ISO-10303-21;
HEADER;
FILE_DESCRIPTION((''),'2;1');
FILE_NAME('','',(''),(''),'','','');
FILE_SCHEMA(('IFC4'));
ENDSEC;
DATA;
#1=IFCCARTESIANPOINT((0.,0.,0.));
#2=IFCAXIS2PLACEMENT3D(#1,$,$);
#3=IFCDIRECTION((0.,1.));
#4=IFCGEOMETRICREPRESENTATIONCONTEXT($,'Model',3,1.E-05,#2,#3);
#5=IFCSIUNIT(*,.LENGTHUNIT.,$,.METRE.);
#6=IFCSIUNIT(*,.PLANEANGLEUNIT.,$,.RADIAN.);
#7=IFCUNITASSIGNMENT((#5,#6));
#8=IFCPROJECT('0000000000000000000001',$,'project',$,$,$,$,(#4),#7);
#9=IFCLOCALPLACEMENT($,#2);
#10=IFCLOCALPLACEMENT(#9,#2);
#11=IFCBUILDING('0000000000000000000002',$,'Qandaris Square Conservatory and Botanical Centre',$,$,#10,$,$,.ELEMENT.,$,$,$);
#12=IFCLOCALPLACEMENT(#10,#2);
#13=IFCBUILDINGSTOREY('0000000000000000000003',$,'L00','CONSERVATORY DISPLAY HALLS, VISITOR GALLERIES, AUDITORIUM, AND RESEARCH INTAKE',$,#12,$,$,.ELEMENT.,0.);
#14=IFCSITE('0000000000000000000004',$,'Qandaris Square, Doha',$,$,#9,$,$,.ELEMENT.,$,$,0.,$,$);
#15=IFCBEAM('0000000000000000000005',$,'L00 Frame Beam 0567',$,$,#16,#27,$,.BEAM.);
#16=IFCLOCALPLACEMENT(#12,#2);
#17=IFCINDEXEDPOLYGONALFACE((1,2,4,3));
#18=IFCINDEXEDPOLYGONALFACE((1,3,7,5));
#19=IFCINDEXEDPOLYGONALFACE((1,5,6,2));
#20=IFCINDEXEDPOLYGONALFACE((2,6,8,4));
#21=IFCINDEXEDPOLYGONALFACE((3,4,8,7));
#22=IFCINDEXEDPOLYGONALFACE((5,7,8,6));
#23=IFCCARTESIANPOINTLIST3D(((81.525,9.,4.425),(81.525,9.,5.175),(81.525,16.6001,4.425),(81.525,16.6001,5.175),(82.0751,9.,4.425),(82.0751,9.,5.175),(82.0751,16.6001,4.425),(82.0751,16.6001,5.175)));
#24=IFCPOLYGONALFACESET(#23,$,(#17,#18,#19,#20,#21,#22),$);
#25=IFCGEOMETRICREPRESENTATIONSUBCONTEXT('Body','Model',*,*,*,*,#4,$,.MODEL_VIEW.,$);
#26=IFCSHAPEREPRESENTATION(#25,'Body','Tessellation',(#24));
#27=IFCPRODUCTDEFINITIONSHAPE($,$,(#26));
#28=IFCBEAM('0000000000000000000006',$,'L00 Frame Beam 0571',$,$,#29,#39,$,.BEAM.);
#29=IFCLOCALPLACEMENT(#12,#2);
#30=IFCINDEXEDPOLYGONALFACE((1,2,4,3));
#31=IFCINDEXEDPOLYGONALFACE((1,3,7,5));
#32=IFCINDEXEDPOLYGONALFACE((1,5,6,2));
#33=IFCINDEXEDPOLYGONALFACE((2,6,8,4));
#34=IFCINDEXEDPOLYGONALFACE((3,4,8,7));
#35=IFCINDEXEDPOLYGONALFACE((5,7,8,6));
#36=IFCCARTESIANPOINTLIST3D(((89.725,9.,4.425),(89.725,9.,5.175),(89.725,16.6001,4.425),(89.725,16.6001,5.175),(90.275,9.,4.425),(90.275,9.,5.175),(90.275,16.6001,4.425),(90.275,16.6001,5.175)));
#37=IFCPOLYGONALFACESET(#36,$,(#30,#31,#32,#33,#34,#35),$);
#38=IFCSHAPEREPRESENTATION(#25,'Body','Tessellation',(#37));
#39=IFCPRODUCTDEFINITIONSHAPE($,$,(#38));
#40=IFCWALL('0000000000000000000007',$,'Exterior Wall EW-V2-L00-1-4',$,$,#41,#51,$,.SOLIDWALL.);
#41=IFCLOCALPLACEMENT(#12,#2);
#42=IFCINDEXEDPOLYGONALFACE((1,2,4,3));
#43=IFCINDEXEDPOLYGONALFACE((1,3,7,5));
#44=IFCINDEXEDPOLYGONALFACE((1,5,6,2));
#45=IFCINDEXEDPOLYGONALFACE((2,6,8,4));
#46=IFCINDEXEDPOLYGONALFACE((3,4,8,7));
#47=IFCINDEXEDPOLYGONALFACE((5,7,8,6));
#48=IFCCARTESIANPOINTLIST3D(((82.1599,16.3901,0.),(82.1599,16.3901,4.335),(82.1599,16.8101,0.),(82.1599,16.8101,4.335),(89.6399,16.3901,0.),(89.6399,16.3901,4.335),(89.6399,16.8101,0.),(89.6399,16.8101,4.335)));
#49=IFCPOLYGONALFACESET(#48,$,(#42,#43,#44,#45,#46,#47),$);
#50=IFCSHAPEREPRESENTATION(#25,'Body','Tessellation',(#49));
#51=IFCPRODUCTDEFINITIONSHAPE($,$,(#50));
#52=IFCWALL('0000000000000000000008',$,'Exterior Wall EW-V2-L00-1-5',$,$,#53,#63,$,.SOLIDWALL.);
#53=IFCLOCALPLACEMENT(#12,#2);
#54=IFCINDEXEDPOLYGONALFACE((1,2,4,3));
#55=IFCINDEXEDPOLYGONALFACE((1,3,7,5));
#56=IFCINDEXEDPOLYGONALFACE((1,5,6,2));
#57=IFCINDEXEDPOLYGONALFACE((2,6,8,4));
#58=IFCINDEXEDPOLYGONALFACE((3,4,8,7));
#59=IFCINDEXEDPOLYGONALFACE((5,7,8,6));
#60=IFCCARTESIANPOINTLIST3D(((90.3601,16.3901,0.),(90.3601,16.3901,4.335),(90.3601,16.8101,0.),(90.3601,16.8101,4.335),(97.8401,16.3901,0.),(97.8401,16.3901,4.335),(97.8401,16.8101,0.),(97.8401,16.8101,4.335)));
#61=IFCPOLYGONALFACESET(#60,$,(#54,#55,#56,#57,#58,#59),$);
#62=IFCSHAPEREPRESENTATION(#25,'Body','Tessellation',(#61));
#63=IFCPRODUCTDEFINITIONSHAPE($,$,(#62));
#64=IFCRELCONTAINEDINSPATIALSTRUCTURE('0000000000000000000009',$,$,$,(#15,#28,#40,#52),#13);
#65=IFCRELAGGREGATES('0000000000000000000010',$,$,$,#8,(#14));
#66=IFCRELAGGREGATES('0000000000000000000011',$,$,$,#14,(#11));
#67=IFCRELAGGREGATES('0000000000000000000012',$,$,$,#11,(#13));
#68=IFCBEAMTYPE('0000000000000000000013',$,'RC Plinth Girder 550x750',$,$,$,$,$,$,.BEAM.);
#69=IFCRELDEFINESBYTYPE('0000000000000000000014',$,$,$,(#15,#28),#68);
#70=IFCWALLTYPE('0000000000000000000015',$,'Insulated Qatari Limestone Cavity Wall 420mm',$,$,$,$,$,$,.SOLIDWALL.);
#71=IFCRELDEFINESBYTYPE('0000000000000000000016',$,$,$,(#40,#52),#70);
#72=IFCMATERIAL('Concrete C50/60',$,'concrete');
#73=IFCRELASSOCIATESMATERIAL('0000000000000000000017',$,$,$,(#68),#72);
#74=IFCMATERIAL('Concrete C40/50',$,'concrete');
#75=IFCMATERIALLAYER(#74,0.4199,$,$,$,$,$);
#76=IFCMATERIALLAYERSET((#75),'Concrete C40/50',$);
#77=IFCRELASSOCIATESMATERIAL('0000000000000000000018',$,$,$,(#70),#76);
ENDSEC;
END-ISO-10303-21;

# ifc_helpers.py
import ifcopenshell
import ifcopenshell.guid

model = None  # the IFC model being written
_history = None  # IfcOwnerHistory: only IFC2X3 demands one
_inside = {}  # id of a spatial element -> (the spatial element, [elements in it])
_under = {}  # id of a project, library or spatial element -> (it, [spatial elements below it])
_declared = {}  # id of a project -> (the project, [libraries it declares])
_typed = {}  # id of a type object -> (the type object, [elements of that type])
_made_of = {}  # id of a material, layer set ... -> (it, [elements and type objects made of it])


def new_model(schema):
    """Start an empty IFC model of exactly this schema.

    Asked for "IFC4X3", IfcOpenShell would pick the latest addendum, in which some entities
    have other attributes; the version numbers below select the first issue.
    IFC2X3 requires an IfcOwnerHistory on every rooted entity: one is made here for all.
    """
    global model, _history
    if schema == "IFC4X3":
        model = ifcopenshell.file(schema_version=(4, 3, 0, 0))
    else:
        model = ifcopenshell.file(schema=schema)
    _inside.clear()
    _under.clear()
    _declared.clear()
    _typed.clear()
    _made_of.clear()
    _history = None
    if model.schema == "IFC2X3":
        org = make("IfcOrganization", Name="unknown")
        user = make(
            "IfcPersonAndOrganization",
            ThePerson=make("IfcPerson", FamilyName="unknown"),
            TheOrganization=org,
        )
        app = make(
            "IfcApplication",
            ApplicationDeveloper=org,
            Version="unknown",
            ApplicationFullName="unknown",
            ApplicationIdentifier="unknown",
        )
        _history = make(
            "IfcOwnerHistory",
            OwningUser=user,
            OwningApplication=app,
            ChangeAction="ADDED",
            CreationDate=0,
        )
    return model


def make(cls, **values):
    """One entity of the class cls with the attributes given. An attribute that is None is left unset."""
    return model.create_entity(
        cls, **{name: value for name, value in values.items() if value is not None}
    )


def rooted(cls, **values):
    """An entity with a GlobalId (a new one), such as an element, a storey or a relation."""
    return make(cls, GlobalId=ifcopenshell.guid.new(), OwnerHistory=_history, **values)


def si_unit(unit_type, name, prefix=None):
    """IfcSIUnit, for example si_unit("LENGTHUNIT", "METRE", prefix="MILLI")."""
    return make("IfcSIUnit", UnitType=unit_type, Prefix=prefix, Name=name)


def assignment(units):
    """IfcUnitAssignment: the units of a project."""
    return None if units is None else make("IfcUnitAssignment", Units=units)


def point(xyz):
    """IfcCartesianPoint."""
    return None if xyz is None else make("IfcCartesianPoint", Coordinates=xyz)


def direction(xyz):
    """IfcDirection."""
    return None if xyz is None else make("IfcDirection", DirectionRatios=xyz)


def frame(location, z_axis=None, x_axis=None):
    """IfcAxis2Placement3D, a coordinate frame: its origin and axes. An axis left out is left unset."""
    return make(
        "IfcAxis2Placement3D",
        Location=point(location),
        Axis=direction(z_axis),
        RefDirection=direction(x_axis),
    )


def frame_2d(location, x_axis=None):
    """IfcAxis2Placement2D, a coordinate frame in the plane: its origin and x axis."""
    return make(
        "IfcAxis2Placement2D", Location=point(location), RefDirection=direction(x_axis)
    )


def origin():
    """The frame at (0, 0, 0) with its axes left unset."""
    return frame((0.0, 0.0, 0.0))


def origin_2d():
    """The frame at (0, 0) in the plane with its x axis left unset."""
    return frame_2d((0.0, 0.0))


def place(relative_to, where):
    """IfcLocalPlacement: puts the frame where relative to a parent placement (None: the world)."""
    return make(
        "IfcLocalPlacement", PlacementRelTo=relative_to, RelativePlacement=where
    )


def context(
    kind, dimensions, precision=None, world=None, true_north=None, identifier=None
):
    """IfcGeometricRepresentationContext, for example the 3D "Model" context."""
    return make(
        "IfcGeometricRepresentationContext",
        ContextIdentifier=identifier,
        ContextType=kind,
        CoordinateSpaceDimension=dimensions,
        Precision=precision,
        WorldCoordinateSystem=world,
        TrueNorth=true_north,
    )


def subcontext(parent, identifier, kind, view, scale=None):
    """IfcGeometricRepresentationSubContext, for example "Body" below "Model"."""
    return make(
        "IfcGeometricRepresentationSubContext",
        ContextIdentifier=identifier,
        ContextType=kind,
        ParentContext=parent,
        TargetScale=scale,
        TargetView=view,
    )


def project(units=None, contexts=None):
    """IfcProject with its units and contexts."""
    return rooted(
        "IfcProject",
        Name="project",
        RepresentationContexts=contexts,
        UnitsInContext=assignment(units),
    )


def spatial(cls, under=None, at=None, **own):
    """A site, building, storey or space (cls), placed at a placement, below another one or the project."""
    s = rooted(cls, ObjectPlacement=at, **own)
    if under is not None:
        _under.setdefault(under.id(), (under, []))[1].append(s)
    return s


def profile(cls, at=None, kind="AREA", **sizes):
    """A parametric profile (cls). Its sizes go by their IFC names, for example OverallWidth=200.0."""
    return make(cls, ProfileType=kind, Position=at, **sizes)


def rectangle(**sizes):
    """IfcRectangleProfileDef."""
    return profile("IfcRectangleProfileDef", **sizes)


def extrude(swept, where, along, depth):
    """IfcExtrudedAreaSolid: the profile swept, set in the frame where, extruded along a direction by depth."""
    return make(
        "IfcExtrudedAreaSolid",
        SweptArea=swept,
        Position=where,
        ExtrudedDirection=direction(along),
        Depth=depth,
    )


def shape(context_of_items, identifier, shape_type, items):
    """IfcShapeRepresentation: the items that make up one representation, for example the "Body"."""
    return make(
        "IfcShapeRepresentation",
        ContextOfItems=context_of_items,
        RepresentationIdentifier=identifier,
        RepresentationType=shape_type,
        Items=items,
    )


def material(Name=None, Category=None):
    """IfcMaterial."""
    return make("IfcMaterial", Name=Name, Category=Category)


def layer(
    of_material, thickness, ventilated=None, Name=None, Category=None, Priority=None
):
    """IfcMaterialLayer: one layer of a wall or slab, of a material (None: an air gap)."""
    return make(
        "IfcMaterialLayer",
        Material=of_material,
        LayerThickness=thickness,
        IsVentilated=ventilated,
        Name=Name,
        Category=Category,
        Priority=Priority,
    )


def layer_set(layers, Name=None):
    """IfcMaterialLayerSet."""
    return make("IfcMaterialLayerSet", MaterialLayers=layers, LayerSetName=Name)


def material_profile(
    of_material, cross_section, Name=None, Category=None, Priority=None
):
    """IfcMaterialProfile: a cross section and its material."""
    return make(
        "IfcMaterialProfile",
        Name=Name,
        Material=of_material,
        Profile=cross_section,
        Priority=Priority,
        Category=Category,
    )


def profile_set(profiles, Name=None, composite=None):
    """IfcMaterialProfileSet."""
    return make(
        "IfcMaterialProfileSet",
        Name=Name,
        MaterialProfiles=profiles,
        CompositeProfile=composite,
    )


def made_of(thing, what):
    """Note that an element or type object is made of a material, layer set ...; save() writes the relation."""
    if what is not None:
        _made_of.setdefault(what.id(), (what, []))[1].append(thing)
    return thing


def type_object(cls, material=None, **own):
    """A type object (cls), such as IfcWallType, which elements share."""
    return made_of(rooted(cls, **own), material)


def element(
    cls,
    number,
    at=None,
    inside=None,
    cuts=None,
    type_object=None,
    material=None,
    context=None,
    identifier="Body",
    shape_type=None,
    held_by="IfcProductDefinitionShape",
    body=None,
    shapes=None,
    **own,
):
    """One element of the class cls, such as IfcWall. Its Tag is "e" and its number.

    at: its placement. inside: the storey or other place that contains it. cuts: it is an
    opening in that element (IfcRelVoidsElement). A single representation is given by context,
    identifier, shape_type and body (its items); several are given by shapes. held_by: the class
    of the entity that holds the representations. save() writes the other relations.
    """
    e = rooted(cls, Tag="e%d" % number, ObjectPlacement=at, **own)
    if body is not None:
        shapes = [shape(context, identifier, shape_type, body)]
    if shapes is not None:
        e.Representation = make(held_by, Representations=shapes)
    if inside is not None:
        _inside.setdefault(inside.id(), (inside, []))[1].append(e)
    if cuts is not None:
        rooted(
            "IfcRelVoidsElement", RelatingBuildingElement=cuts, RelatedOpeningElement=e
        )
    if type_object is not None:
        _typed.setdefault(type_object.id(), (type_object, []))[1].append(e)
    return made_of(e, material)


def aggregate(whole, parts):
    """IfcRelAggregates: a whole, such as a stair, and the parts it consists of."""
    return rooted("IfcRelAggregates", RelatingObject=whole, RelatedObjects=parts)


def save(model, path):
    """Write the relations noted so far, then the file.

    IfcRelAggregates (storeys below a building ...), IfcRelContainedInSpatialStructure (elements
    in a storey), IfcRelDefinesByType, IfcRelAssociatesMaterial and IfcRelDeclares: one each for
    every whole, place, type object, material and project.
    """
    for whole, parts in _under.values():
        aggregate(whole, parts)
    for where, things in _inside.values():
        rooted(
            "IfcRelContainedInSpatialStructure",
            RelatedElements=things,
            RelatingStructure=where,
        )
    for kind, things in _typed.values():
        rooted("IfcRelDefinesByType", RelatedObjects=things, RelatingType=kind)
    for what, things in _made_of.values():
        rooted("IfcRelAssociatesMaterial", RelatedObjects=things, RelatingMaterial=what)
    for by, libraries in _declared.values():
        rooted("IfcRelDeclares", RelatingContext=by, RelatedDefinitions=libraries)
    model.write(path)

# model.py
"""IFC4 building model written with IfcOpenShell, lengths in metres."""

from ifc_helpers import new_model, si_unit, direction, frame, frame_2d, origin, origin_2d, place, context, subcontext, project, spatial, rectangle, extrude, material, layer, layer_set, material_profile, profile_set, type_object, element, save


model = new_model("IFC4")

# Units and contexts
model_context = context("Model", 3, precision=1e-05, world=origin(), true_north=direction((0.0, 1.0)))
body_context = subcontext(model_context, "Body", "Model", "MODEL_VIEW")
ifc_project = project(units=[si_unit("LENGTHUNIT", "METRE"), si_unit("PLANEANGLEUNIT", "RADIAN")], contexts=[model_context])

# Site, building, storey
site_placement = place(None, origin())
site = spatial("IfcSite", under=ifc_project, at=site_placement, Name="Qandaris Square, Doha", CompositionType="ELEMENT", RefElevation=0.0)
building_placement = place(site_placement, origin())
building = spatial("IfcBuilding", under=site, at=building_placement, Name="Qandaris Square Conservatory and Botanical Centre", CompositionType="ELEMENT")
storey_placement = place(building_placement, origin())
storey = spatial("IfcBuildingStorey", under=building, at=storey_placement, Name="L00", Description="CONSERVATORY DISPLAY HALLS, VISITOR GALLERIES, AUDITORIUM, AND RESEARCH INTAKE", CompositionType="ELEMENT", Elevation=0.0)

# Shared definitions
ifc_material_1 = material(Name="Concrete C40/50", Category="concrete")

# Shared definitions
ifc_material_2 = material(Name="Concrete C50/60", Category="concrete")

# Beams
ifc_material_profile_1 = material_profile(ifc_material_2, rectangle(XDim=0.55, YDim=0.75, at=origin_2d()), Name="RC-BM 550x750")
ifc_profile_set_1 = profile_set([ifc_material_profile_1], Name="Concrete C50/60")
beam_type_1 = type_object("IfcBeamType", Name="RC Plinth Girder 550x750", PredefinedType="BEAM", material=ifc_profile_set_1)
for number, where, z_axis, x_axis, name in (
    (1, (81.8, 9.0, 4.8), (0.0, 1.0, 0.0), (-1.0, 0.0, 0.0), "L00 Frame Beam 0567"),
    (2, (90.0, 9.0, 4.8), (0.0, 1.0, 0.0), (-1.0, 0.0, 0.0), "L00 Frame Beam 0571"),
):
    element("IfcBeam", number, at=place(storey_placement, frame(where, z_axis=z_axis, x_axis=x_axis)), inside=storey, type_object=beam_type_1, Name=name, PredefinedType="BEAM", context=body_context, shape_type="SweptSolid", body=[
        extrude(rectangle(XDim=0.55, YDim=0.75, at=origin_2d()), origin(), (0.0, 0.0, 1.0), 7.6001),
    ])

# Walls
ifc_layer_1 = layer(ifc_material_1, 0.4199)
ifc_layer_set_1 = layer_set([ifc_layer_1], Name="Concrete C40/50")
wall_type_1 = type_object("IfcWallType", Name="Insulated Qatari Limestone Cavity Wall 420mm", PredefinedType="SOLIDWALL", material=ifc_layer_set_1)
for number, where, z_axis, x_axis, name in (
    (3, (82.1599, 16.6001, 0.0), (0.0, 0.0, 1.0), (1.0, 0.0, 0.0), "Exterior Wall EW-V2-L00-1-4"),
    (4, (90.3601, 16.6001, 0.0), (0.0, 0.0, 1.0), (1.0, 0.0, 0.0), "Exterior Wall EW-V2-L00-1-5"),
):
    element("IfcWall", number, at=place(storey_placement, frame(where, z_axis=z_axis, x_axis=x_axis)), inside=storey, type_object=wall_type_1, Name=name, PredefinedType="SOLIDWALL", context=body_context, shape_type="SweptSolid", body=[
        extrude(rectangle(XDim=7.48, YDim=0.4199, at=frame_2d((3.74, 0.0))), origin(), (0.0, 0.0, 1.0), 4.335),
    ])

save(model, "model.ifc")
